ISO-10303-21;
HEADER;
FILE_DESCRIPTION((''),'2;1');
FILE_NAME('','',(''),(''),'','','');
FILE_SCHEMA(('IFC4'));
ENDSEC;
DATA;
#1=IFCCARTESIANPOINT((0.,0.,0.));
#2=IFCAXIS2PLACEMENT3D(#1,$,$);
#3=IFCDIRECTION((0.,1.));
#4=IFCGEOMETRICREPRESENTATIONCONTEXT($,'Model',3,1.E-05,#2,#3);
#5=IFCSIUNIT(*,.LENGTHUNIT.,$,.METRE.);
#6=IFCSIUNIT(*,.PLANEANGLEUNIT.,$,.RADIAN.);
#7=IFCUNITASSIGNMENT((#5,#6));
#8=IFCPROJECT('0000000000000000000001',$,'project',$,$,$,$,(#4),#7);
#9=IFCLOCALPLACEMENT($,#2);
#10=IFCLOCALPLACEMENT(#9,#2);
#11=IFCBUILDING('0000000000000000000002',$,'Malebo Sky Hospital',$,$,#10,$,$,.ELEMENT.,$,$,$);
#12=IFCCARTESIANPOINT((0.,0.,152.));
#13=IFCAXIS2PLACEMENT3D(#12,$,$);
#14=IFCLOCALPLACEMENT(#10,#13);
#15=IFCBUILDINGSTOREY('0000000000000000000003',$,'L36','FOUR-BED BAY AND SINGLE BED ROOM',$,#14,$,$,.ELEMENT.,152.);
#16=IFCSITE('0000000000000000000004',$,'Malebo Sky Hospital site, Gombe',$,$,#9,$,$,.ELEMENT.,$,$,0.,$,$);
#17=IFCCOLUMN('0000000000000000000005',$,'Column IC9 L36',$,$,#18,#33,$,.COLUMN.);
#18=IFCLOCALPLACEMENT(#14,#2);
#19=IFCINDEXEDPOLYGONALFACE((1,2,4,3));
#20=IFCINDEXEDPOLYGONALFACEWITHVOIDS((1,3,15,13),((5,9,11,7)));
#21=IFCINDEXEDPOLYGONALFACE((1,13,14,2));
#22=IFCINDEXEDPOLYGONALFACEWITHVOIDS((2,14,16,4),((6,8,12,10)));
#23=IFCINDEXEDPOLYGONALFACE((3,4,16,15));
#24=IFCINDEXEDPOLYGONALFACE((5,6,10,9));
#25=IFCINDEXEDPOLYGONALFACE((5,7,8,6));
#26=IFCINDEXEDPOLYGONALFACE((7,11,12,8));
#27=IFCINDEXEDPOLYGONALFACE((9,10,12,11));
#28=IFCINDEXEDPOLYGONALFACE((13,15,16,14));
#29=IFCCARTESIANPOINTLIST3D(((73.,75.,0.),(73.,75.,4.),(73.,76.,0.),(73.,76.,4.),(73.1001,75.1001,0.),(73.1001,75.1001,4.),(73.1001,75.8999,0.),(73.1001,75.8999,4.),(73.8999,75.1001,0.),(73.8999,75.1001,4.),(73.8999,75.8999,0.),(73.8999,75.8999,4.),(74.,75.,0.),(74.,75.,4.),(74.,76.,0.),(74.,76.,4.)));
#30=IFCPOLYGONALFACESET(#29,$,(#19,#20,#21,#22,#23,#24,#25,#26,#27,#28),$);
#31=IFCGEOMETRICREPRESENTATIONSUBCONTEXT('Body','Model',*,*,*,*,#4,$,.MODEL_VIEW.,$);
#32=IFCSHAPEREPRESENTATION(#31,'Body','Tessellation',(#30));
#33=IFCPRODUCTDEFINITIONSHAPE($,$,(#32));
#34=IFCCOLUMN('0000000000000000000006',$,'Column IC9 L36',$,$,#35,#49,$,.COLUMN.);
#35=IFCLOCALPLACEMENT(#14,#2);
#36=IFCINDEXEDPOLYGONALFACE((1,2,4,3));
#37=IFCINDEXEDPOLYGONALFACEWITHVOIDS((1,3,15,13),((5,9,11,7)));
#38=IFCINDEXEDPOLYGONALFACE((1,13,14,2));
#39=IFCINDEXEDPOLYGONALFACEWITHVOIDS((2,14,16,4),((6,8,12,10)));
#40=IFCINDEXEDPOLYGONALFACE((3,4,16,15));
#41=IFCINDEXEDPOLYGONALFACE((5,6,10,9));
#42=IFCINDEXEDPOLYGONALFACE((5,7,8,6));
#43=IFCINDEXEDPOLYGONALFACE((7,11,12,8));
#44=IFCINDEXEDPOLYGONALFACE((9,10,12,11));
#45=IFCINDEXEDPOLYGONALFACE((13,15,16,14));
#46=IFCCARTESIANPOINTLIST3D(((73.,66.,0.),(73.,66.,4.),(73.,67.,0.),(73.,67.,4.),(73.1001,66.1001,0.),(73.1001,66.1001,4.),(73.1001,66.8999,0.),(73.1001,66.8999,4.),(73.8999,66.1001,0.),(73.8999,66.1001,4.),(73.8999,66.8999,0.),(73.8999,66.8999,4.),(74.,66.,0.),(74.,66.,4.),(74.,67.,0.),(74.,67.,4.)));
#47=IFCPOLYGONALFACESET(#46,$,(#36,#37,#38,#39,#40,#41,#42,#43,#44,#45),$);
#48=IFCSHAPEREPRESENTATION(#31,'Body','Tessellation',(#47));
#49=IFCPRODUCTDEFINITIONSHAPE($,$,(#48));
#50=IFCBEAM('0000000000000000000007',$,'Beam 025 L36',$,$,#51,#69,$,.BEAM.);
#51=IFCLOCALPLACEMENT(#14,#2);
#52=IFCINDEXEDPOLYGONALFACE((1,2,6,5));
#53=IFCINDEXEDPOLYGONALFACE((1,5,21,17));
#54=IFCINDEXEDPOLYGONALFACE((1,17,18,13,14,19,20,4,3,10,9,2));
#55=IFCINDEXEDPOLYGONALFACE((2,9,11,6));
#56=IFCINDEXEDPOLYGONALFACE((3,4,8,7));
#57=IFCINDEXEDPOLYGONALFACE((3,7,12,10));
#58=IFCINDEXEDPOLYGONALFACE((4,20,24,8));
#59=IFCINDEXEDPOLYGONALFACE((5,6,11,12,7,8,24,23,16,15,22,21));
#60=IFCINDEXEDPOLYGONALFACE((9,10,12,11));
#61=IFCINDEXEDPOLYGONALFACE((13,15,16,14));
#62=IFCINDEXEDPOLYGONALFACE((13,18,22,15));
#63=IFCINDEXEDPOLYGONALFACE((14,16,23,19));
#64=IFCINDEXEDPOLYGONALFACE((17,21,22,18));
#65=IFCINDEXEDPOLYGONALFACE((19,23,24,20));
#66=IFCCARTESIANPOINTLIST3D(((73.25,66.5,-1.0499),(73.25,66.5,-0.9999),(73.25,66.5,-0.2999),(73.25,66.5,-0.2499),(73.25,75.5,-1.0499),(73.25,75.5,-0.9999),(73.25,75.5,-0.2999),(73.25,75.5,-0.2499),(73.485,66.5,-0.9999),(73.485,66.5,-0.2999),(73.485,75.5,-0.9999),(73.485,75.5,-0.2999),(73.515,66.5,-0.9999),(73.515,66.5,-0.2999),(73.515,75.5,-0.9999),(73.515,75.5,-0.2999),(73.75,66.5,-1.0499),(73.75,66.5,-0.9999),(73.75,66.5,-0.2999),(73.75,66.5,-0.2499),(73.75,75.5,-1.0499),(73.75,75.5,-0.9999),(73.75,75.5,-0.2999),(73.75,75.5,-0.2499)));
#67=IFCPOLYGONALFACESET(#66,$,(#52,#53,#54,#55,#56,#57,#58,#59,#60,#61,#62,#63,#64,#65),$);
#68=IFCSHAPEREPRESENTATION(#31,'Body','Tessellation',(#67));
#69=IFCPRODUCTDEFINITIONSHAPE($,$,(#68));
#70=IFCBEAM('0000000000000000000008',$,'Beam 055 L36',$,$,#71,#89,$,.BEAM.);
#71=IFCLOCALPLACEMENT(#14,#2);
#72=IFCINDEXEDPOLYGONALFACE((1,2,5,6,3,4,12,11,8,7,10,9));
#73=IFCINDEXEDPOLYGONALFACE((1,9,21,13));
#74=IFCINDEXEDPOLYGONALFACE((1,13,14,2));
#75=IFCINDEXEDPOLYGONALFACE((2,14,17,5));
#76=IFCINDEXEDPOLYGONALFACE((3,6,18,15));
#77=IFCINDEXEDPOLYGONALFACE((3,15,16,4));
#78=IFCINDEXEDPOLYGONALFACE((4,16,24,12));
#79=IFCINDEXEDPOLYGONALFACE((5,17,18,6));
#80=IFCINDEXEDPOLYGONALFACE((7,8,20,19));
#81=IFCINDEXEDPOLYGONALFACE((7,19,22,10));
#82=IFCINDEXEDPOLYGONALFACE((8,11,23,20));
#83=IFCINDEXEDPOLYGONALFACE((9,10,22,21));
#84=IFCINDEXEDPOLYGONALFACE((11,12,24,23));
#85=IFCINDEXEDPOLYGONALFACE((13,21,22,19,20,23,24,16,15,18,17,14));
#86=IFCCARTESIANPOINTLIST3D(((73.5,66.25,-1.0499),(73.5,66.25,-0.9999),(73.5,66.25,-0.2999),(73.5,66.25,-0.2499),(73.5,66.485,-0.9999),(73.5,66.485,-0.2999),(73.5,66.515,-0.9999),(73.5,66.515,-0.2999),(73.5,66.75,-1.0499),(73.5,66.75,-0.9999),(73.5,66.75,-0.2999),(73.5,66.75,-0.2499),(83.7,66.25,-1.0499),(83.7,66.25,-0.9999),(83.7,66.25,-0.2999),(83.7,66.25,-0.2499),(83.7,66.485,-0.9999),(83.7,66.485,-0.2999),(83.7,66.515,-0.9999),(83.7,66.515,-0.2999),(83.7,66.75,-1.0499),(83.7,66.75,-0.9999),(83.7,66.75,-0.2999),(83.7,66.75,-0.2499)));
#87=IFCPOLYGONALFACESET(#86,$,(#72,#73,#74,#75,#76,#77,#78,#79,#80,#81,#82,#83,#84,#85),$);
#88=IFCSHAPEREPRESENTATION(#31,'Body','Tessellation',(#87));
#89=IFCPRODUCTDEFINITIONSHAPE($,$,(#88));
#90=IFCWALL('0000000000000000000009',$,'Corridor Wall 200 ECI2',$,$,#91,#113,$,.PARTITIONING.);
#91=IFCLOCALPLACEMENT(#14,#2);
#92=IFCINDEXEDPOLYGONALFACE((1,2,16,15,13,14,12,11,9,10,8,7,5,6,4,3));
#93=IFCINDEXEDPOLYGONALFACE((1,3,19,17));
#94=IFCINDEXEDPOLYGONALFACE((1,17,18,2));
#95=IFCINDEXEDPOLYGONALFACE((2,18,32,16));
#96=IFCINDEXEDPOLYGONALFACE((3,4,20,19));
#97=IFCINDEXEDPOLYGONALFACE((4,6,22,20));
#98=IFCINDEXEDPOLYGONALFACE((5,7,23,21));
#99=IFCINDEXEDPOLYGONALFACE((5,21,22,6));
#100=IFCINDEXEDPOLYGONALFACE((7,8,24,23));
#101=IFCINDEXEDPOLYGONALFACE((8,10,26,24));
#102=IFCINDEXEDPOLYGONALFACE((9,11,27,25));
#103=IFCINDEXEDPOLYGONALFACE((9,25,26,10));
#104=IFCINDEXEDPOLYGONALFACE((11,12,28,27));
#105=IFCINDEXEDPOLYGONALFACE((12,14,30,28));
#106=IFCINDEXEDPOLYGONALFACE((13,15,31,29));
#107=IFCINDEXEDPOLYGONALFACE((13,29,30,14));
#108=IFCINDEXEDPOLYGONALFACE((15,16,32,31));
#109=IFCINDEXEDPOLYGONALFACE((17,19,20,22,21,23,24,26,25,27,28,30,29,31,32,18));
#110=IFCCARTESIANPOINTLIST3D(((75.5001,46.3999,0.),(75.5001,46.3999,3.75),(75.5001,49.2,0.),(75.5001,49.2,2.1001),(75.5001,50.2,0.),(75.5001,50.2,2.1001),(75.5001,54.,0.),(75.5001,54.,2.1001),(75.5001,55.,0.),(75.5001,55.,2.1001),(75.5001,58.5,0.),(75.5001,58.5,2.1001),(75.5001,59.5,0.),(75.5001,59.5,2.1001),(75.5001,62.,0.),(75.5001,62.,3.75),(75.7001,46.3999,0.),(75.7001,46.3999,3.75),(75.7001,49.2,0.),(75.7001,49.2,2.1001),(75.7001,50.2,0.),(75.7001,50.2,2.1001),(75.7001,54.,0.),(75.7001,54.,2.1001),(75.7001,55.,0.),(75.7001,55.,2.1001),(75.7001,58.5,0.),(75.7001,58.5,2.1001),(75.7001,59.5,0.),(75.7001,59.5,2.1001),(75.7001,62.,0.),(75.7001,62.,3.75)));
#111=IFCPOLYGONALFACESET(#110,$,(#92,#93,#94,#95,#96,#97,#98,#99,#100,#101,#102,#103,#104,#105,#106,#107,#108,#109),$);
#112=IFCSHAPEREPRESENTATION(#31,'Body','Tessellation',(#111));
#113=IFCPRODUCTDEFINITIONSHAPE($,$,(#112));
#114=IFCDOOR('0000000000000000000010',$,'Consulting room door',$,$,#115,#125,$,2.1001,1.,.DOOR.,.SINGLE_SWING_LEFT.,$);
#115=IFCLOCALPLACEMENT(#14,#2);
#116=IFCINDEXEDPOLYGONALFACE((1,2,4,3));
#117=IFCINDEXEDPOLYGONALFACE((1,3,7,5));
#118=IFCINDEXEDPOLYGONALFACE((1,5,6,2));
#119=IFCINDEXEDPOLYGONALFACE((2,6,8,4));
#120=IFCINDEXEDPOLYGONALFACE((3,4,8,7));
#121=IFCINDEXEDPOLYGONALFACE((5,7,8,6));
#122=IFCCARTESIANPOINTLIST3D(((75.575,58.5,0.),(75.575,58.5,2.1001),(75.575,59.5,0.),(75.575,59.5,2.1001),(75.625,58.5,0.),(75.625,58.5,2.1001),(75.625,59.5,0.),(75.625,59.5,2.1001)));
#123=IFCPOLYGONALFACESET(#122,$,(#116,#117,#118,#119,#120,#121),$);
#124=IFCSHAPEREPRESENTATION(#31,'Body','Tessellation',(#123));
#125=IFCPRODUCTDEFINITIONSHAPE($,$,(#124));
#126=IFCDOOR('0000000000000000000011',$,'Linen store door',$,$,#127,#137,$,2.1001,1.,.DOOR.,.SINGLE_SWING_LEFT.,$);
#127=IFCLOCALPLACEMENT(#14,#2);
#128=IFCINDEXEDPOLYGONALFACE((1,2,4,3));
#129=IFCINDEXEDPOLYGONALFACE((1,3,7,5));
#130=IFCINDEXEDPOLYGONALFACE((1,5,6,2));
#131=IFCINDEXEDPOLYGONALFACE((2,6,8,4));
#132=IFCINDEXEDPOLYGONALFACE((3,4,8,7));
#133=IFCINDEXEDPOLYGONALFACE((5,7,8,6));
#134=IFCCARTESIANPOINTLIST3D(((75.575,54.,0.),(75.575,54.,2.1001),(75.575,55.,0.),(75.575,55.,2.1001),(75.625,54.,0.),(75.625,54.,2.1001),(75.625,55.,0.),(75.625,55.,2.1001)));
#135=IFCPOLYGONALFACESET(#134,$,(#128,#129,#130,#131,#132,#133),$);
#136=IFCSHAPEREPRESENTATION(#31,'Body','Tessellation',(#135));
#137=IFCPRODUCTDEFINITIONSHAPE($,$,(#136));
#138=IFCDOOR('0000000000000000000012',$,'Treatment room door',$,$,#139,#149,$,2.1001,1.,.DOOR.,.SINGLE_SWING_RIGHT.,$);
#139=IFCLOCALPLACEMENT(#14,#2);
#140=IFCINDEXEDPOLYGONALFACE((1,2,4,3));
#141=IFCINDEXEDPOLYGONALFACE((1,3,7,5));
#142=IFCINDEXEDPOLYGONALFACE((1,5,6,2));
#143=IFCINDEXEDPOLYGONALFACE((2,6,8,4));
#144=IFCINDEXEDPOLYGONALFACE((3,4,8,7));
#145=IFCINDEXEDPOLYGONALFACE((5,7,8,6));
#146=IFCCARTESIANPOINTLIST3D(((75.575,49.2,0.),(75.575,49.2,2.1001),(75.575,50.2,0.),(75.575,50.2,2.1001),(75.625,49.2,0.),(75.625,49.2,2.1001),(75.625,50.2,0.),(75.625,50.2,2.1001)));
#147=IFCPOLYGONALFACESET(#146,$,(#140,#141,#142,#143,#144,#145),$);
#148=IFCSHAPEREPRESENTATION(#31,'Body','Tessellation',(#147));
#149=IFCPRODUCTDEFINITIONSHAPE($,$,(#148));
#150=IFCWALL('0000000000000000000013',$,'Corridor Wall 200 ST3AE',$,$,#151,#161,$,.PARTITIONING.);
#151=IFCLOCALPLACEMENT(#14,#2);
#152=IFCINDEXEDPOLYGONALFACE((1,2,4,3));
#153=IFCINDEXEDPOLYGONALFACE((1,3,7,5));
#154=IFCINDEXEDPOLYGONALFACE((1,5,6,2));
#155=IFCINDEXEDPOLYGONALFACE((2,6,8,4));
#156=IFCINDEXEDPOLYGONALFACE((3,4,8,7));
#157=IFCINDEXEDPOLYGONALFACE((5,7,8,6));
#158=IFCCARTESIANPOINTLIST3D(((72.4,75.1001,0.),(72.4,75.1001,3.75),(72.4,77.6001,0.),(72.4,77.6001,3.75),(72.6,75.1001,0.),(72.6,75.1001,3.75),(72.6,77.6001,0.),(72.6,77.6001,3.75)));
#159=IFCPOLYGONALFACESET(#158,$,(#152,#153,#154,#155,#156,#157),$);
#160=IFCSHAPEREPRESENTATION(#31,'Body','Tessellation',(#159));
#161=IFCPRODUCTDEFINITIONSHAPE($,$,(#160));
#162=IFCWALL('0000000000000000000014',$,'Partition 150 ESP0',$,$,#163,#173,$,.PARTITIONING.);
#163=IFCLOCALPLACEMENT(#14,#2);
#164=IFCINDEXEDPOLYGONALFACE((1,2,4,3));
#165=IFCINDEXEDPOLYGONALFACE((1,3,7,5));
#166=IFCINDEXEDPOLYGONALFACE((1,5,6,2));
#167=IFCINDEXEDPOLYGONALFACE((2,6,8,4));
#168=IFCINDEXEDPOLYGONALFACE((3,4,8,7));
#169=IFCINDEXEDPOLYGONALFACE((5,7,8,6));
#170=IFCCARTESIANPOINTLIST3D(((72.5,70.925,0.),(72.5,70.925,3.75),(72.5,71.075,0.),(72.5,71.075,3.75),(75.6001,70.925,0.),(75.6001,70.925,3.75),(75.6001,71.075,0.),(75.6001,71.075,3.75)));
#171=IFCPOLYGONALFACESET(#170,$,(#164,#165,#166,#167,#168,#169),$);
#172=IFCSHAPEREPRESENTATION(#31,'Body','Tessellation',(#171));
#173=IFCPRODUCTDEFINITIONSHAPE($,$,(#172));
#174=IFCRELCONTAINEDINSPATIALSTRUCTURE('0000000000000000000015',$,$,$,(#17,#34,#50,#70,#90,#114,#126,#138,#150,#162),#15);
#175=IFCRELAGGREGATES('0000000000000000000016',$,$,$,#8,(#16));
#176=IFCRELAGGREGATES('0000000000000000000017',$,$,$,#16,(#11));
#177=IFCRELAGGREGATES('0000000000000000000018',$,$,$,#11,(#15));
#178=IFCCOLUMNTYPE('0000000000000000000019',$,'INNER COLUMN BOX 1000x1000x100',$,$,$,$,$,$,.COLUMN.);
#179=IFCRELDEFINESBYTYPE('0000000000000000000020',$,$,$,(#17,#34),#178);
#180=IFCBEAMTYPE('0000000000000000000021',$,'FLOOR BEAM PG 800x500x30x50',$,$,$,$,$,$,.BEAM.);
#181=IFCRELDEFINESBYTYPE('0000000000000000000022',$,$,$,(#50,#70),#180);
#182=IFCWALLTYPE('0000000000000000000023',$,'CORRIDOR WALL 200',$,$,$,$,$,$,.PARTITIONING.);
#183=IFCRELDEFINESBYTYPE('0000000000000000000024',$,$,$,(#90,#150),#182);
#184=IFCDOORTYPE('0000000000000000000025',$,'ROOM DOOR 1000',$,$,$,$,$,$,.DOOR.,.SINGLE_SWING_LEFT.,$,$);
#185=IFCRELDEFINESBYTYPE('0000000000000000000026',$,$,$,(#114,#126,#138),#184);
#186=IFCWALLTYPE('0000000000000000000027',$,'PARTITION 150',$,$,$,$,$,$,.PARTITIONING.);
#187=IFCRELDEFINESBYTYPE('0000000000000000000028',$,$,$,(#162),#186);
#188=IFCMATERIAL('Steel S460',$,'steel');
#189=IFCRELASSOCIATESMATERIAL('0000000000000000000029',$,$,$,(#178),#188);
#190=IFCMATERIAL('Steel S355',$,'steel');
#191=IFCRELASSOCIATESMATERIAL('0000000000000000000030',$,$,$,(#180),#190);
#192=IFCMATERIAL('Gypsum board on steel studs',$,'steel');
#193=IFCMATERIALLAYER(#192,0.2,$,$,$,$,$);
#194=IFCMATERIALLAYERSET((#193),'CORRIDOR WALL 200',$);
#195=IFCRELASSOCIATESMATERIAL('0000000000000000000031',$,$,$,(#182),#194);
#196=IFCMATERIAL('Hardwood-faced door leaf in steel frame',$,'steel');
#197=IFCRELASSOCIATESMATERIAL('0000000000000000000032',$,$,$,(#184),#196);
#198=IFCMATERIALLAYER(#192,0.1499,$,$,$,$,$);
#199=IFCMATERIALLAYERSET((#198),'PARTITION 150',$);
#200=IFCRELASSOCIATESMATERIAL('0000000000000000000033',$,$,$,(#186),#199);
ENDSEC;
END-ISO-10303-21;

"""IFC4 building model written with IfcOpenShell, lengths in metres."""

from ifc_helpers import new_model, si_unit, direction, frame, frame_2d, origin, origin_2d, place, context, subcontext, project, spatial, rectangle, hollow_rectangle, i_section, extrude, material, layer, layer_set, material_profile, profile_set, type_object, element, fill, save


model = new_model("IFC4")

# Units and contexts
model_context = context("Model", 3, precision=1e-05, world=origin(), true_north=direction((0.0, 1.0)))
body_context = subcontext(model_context, "Body", "Model", "MODEL_VIEW")
ifc_project = project(units=[si_unit("LENGTHUNIT", "METRE"), si_unit("PLANEANGLEUNIT", "RADIAN")], contexts=[model_context])

# Site, building, storey
site_placement = place(None, origin())
site = spatial("IfcSite", under=ifc_project, at=site_placement, Name="Malebo Sky Hospital site, Gombe", CompositionType="ELEMENT", RefElevation=0.0)
building_placement = place(site_placement, origin())
building = spatial("IfcBuilding", under=site, at=building_placement, Name="Malebo Sky Hospital", CompositionType="ELEMENT")
storey_placement = place(building_placement, frame((0.0, 0.0, 152.0)))
storey = spatial("IfcBuildingStorey", under=building, at=storey_placement, Name="L36", Description="FOUR-BED BAY AND SINGLE BED ROOM", CompositionType="ELEMENT", Elevation=152.0)

# Columns
ifc_material_1 = material(Name="Steel S460", Category="steel")
ifc_material_profile_1 = material_profile(ifc_material_1, hollow_rectangle(XDim=1.0, YDim=1.0, WallThickness=0.1001, at=origin_2d()), Name="BOX 1000x1000x100")
ifc_profile_set_1 = profile_set([ifc_material_profile_1], Name="Steel S460")
column_type = type_object("IfcColumnType", Name="INNER COLUMN BOX 1000x1000x100", PredefinedType="COLUMN", material=ifc_profile_set_1)
for number, where, z_axis, x_axis, name in (
    (1, (73.5, 75.5, 0.0), (0.0, 0.0, 1.0), (1.0, 0.0, 0.0), "Column IC9 L36"),
    (2, (73.5, 66.5, 0.0), (0.0, 0.0, 1.0), (1.0, 0.0, 0.0), "Column IC9 L36"),
):
    element("IfcColumn", number, at=place(storey_placement, frame(where, z_axis=z_axis, x_axis=x_axis)), inside=storey, type_object=column_type, Name=name, PredefinedType="COLUMN", context=body_context, shape_type="SweptSolid", body=[
        extrude(hollow_rectangle(XDim=1.0, YDim=1.0, WallThickness=0.1001, at=origin_2d()), origin(), (0.0, 0.0, 1.0), 4.0),
    ])

# Beams
ifc_material_2 = material(Name="Steel S355", Category="steel")
ifc_material_profile_2 = material_profile(ifc_material_2, i_section(OverallWidth=0.5, OverallDepth=0.8, WebThickness=0.03, FlangeThickness=0.05, at=origin_2d()), Name="PG 800x500x30x50")
ifc_profile_set_2 = profile_set([ifc_material_profile_2], Name="Steel S355")
beam_type = type_object("IfcBeamType", Name="FLOOR BEAM PG 800x500x30x50", PredefinedType="BEAM", material=ifc_profile_set_2)
beam_1_placement = place(storey_placement, frame((73.5, 66.5, -0.6499), z_axis=(0.0, 1.0, 0.0), x_axis=(-1.0, 0.0, 0.0)))
element("IfcBeam", 3, at=beam_1_placement, inside=storey, type_object=beam_type, Name="Beam 025 L36", PredefinedType="BEAM", context=body_context, shape_type="SweptSolid", body=[
    extrude(i_section(OverallWidth=0.5, OverallDepth=0.8, WebThickness=0.03, FlangeThickness=0.05, at=origin_2d()), origin(), (0.0, 0.0, 1.0), 9.0),
])
beam_2_placement = place(storey_placement, frame((73.5, 66.5, -0.6499), z_axis=(1.0, 0.0, 0.0), x_axis=(0.0, 1.0, 0.0)))
element("IfcBeam", 4, at=beam_2_placement, inside=storey, type_object=beam_type, Name="Beam 055 L36", PredefinedType="BEAM", context=body_context, shape_type="SweptSolid", body=[
    extrude(i_section(OverallWidth=0.5, OverallDepth=0.8, WebThickness=0.03, FlangeThickness=0.05, at=origin_2d()), origin(), (0.0, 0.0, 1.0), 10.2),
])

# Wall, openings, doors
ifc_material_3 = material(Name="Gypsum board on steel studs", Category="steel")
ifc_layer_1 = layer(ifc_material_3, 0.2)
ifc_layer_set_1 = layer_set([ifc_layer_1], Name="CORRIDOR WALL 200")
wall_type_1 = type_object("IfcWallType", Name="CORRIDOR WALL 200", PredefinedType="PARTITIONING", material=ifc_layer_set_1)
wall_1_placement = place(storey_placement, frame((75.6001, 62.0, 0.0), z_axis=(0.0, 0.0, 1.0), x_axis=(0.0, -1.0, 0.0)))
wall_1 = element("IfcWall", 5, at=wall_1_placement, inside=storey, type_object=wall_type_1, Name="Corridor Wall 200 ECI2", PredefinedType="PARTITIONING", context=body_context, shape_type="SweptSolid", body=[
    extrude(rectangle(XDim=15.6001, YDim=0.2, at=frame_2d((7.8, 0.0))), origin(), (0.0, 0.0, 1.0), 3.75),
])
opening_1_placement = place(wall_1_placement, frame((2.5, 0.0, 0.0)))
opening_1 = element("IfcOpeningElement", 6, at=opening_1_placement, cuts=wall_1, PredefinedType="OPENING", context=body_context, shape_type="SweptSolid", body=[
    extrude(rectangle(XDim=1.0, YDim=2.1001, at=frame_2d((0.5, 1.05))), frame((0.0, 0.1099, 0.0), z_axis=(0.0, -1.0, 0.0), x_axis=(1.0, 0.0, 0.0)), (0.0, 0.0, 1.0), 0.22),
])
opening_2_placement = place(wall_1_placement, frame((7.0, 0.0, 0.0)))
opening_2 = element("IfcOpeningElement", 7, at=opening_2_placement, cuts=wall_1, PredefinedType="OPENING", context=body_context, shape_type="SweptSolid", body=[
    extrude(rectangle(XDim=1.0, YDim=2.1001, at=frame_2d((0.5, 1.05))), frame((0.0, 0.1099, 0.0), z_axis=(0.0, -1.0, 0.0), x_axis=(1.0, 0.0, 0.0)), (0.0, 0.0, 1.0), 0.22),
])
opening_3_placement = place(wall_1_placement, frame((11.8, 0.0, 0.0)))
opening_3 = element("IfcOpeningElement", 8, at=opening_3_placement, cuts=wall_1, PredefinedType="OPENING", context=body_context, shape_type="SweptSolid", body=[
    extrude(rectangle(XDim=1.0, YDim=2.1001, at=frame_2d((0.5, 1.05))), frame((0.0, 0.1099, 0.0), z_axis=(0.0, -1.0, 0.0), x_axis=(1.0, 0.0, 0.0)), (0.0, 0.0, 1.0), 0.22),
])
ifc_material_4 = material(Name="Hardwood-faced door leaf in steel frame", Category="steel")
door_type_1 = type_object("IfcDoorType", Name="ROOM DOOR 1000", OperationType="SINGLE_SWING_LEFT", PredefinedType="DOOR", material=ifc_material_4)
door_1_placement = place(opening_1_placement, origin())
door_1 = element("IfcDoor", 9, at=door_1_placement, inside=storey, type_object=door_type_1, Name="Consulting room door", OperationType="SINGLE_SWING_LEFT", OverallHeight=2.1001, OverallWidth=1.0, PredefinedType="DOOR", context=body_context, shape_type="SweptSolid", body=[
    extrude(rectangle(XDim=1.0, YDim=2.1001, at=frame_2d((0.5, 1.05))), frame((0.0, 0.0249, 0.0), z_axis=(0.0, -1.0, 0.0), x_axis=(1.0, 0.0, 0.0)), (0.0, 0.0, 1.0), 0.05),
])
fill(opening_1, door_1)
door_2_placement = place(opening_2_placement, origin())
door_2 = element("IfcDoor", 10, at=door_2_placement, inside=storey, type_object=door_type_1, Name="Linen store door", OperationType="SINGLE_SWING_LEFT", OverallHeight=2.1001, OverallWidth=1.0, PredefinedType="DOOR", context=body_context, shape_type="SweptSolid", body=[
    extrude(rectangle(XDim=1.0, YDim=2.1001, at=frame_2d((0.5, 1.05))), frame((0.0, 0.0249, 0.0), z_axis=(0.0, -1.0, 0.0), x_axis=(1.0, 0.0, 0.0)), (0.0, 0.0, 1.0), 0.05),
])
fill(opening_2, door_2)
door_3_placement = place(opening_3_placement, origin())
door_3 = element("IfcDoor", 11, at=door_3_placement, inside=storey, type_object=door_type_1, Name="Treatment room door", OperationType="SINGLE_SWING_RIGHT", OverallHeight=2.1001, OverallWidth=1.0, PredefinedType="DOOR", context=body_context, shape_type="SweptSolid", body=[
    extrude(rectangle(XDim=1.0, YDim=2.1001, at=frame_2d((0.5, 1.05))), frame((0.0, 0.0249, 0.0), z_axis=(0.0, -1.0, 0.0), x_axis=(1.0, 0.0, 0.0)), (0.0, 0.0, 1.0), 0.05),
])
fill(opening_3, door_3)

# Walls
wall_2_placement = place(storey_placement, frame((72.5, 75.1001, 0.0), z_axis=(0.0, 0.0, 1.0), x_axis=(0.0, 1.0, 0.0)))
element("IfcWall", 12, at=wall_2_placement, inside=storey, type_object=wall_type_1, Name="Corridor Wall 200 ST3AE", PredefinedType="PARTITIONING", context=body_context, shape_type="SweptSolid", body=[
    extrude(rectangle(XDim=2.5, YDim=0.2, at=frame_2d((1.25, 0.0))), origin(), (0.0, 0.0, 1.0), 3.75),
])
ifc_layer_2 = layer(ifc_material_3, 0.1499)
ifc_layer_set_2 = layer_set([ifc_layer_2], Name="PARTITION 150")
wall_type_2 = type_object("IfcWallType", Name="PARTITION 150", PredefinedType="PARTITIONING", material=ifc_layer_set_2)
for number, where, z_axis, x_axis, name in (
    (13, (72.5, 71.0, 0.0), (0.0, 0.0, 1.0), (1.0, 0.0, 0.0), "Partition 150 ESP0"),
):
    element("IfcWall", number, at=place(storey_placement, frame(where, z_axis=z_axis, x_axis=x_axis)), inside=storey, type_object=wall_type_2, Name=name, PredefinedType="PARTITIONING", context=body_context, shape_type="SweptSolid", body=[
        extrude(rectangle(XDim=3.1001, YDim=0.1499, at=frame_2d((1.55, 0.0))), origin(), (0.0, 0.0, 1.0), 3.75),
    ])

save(model, "model.ifc")
